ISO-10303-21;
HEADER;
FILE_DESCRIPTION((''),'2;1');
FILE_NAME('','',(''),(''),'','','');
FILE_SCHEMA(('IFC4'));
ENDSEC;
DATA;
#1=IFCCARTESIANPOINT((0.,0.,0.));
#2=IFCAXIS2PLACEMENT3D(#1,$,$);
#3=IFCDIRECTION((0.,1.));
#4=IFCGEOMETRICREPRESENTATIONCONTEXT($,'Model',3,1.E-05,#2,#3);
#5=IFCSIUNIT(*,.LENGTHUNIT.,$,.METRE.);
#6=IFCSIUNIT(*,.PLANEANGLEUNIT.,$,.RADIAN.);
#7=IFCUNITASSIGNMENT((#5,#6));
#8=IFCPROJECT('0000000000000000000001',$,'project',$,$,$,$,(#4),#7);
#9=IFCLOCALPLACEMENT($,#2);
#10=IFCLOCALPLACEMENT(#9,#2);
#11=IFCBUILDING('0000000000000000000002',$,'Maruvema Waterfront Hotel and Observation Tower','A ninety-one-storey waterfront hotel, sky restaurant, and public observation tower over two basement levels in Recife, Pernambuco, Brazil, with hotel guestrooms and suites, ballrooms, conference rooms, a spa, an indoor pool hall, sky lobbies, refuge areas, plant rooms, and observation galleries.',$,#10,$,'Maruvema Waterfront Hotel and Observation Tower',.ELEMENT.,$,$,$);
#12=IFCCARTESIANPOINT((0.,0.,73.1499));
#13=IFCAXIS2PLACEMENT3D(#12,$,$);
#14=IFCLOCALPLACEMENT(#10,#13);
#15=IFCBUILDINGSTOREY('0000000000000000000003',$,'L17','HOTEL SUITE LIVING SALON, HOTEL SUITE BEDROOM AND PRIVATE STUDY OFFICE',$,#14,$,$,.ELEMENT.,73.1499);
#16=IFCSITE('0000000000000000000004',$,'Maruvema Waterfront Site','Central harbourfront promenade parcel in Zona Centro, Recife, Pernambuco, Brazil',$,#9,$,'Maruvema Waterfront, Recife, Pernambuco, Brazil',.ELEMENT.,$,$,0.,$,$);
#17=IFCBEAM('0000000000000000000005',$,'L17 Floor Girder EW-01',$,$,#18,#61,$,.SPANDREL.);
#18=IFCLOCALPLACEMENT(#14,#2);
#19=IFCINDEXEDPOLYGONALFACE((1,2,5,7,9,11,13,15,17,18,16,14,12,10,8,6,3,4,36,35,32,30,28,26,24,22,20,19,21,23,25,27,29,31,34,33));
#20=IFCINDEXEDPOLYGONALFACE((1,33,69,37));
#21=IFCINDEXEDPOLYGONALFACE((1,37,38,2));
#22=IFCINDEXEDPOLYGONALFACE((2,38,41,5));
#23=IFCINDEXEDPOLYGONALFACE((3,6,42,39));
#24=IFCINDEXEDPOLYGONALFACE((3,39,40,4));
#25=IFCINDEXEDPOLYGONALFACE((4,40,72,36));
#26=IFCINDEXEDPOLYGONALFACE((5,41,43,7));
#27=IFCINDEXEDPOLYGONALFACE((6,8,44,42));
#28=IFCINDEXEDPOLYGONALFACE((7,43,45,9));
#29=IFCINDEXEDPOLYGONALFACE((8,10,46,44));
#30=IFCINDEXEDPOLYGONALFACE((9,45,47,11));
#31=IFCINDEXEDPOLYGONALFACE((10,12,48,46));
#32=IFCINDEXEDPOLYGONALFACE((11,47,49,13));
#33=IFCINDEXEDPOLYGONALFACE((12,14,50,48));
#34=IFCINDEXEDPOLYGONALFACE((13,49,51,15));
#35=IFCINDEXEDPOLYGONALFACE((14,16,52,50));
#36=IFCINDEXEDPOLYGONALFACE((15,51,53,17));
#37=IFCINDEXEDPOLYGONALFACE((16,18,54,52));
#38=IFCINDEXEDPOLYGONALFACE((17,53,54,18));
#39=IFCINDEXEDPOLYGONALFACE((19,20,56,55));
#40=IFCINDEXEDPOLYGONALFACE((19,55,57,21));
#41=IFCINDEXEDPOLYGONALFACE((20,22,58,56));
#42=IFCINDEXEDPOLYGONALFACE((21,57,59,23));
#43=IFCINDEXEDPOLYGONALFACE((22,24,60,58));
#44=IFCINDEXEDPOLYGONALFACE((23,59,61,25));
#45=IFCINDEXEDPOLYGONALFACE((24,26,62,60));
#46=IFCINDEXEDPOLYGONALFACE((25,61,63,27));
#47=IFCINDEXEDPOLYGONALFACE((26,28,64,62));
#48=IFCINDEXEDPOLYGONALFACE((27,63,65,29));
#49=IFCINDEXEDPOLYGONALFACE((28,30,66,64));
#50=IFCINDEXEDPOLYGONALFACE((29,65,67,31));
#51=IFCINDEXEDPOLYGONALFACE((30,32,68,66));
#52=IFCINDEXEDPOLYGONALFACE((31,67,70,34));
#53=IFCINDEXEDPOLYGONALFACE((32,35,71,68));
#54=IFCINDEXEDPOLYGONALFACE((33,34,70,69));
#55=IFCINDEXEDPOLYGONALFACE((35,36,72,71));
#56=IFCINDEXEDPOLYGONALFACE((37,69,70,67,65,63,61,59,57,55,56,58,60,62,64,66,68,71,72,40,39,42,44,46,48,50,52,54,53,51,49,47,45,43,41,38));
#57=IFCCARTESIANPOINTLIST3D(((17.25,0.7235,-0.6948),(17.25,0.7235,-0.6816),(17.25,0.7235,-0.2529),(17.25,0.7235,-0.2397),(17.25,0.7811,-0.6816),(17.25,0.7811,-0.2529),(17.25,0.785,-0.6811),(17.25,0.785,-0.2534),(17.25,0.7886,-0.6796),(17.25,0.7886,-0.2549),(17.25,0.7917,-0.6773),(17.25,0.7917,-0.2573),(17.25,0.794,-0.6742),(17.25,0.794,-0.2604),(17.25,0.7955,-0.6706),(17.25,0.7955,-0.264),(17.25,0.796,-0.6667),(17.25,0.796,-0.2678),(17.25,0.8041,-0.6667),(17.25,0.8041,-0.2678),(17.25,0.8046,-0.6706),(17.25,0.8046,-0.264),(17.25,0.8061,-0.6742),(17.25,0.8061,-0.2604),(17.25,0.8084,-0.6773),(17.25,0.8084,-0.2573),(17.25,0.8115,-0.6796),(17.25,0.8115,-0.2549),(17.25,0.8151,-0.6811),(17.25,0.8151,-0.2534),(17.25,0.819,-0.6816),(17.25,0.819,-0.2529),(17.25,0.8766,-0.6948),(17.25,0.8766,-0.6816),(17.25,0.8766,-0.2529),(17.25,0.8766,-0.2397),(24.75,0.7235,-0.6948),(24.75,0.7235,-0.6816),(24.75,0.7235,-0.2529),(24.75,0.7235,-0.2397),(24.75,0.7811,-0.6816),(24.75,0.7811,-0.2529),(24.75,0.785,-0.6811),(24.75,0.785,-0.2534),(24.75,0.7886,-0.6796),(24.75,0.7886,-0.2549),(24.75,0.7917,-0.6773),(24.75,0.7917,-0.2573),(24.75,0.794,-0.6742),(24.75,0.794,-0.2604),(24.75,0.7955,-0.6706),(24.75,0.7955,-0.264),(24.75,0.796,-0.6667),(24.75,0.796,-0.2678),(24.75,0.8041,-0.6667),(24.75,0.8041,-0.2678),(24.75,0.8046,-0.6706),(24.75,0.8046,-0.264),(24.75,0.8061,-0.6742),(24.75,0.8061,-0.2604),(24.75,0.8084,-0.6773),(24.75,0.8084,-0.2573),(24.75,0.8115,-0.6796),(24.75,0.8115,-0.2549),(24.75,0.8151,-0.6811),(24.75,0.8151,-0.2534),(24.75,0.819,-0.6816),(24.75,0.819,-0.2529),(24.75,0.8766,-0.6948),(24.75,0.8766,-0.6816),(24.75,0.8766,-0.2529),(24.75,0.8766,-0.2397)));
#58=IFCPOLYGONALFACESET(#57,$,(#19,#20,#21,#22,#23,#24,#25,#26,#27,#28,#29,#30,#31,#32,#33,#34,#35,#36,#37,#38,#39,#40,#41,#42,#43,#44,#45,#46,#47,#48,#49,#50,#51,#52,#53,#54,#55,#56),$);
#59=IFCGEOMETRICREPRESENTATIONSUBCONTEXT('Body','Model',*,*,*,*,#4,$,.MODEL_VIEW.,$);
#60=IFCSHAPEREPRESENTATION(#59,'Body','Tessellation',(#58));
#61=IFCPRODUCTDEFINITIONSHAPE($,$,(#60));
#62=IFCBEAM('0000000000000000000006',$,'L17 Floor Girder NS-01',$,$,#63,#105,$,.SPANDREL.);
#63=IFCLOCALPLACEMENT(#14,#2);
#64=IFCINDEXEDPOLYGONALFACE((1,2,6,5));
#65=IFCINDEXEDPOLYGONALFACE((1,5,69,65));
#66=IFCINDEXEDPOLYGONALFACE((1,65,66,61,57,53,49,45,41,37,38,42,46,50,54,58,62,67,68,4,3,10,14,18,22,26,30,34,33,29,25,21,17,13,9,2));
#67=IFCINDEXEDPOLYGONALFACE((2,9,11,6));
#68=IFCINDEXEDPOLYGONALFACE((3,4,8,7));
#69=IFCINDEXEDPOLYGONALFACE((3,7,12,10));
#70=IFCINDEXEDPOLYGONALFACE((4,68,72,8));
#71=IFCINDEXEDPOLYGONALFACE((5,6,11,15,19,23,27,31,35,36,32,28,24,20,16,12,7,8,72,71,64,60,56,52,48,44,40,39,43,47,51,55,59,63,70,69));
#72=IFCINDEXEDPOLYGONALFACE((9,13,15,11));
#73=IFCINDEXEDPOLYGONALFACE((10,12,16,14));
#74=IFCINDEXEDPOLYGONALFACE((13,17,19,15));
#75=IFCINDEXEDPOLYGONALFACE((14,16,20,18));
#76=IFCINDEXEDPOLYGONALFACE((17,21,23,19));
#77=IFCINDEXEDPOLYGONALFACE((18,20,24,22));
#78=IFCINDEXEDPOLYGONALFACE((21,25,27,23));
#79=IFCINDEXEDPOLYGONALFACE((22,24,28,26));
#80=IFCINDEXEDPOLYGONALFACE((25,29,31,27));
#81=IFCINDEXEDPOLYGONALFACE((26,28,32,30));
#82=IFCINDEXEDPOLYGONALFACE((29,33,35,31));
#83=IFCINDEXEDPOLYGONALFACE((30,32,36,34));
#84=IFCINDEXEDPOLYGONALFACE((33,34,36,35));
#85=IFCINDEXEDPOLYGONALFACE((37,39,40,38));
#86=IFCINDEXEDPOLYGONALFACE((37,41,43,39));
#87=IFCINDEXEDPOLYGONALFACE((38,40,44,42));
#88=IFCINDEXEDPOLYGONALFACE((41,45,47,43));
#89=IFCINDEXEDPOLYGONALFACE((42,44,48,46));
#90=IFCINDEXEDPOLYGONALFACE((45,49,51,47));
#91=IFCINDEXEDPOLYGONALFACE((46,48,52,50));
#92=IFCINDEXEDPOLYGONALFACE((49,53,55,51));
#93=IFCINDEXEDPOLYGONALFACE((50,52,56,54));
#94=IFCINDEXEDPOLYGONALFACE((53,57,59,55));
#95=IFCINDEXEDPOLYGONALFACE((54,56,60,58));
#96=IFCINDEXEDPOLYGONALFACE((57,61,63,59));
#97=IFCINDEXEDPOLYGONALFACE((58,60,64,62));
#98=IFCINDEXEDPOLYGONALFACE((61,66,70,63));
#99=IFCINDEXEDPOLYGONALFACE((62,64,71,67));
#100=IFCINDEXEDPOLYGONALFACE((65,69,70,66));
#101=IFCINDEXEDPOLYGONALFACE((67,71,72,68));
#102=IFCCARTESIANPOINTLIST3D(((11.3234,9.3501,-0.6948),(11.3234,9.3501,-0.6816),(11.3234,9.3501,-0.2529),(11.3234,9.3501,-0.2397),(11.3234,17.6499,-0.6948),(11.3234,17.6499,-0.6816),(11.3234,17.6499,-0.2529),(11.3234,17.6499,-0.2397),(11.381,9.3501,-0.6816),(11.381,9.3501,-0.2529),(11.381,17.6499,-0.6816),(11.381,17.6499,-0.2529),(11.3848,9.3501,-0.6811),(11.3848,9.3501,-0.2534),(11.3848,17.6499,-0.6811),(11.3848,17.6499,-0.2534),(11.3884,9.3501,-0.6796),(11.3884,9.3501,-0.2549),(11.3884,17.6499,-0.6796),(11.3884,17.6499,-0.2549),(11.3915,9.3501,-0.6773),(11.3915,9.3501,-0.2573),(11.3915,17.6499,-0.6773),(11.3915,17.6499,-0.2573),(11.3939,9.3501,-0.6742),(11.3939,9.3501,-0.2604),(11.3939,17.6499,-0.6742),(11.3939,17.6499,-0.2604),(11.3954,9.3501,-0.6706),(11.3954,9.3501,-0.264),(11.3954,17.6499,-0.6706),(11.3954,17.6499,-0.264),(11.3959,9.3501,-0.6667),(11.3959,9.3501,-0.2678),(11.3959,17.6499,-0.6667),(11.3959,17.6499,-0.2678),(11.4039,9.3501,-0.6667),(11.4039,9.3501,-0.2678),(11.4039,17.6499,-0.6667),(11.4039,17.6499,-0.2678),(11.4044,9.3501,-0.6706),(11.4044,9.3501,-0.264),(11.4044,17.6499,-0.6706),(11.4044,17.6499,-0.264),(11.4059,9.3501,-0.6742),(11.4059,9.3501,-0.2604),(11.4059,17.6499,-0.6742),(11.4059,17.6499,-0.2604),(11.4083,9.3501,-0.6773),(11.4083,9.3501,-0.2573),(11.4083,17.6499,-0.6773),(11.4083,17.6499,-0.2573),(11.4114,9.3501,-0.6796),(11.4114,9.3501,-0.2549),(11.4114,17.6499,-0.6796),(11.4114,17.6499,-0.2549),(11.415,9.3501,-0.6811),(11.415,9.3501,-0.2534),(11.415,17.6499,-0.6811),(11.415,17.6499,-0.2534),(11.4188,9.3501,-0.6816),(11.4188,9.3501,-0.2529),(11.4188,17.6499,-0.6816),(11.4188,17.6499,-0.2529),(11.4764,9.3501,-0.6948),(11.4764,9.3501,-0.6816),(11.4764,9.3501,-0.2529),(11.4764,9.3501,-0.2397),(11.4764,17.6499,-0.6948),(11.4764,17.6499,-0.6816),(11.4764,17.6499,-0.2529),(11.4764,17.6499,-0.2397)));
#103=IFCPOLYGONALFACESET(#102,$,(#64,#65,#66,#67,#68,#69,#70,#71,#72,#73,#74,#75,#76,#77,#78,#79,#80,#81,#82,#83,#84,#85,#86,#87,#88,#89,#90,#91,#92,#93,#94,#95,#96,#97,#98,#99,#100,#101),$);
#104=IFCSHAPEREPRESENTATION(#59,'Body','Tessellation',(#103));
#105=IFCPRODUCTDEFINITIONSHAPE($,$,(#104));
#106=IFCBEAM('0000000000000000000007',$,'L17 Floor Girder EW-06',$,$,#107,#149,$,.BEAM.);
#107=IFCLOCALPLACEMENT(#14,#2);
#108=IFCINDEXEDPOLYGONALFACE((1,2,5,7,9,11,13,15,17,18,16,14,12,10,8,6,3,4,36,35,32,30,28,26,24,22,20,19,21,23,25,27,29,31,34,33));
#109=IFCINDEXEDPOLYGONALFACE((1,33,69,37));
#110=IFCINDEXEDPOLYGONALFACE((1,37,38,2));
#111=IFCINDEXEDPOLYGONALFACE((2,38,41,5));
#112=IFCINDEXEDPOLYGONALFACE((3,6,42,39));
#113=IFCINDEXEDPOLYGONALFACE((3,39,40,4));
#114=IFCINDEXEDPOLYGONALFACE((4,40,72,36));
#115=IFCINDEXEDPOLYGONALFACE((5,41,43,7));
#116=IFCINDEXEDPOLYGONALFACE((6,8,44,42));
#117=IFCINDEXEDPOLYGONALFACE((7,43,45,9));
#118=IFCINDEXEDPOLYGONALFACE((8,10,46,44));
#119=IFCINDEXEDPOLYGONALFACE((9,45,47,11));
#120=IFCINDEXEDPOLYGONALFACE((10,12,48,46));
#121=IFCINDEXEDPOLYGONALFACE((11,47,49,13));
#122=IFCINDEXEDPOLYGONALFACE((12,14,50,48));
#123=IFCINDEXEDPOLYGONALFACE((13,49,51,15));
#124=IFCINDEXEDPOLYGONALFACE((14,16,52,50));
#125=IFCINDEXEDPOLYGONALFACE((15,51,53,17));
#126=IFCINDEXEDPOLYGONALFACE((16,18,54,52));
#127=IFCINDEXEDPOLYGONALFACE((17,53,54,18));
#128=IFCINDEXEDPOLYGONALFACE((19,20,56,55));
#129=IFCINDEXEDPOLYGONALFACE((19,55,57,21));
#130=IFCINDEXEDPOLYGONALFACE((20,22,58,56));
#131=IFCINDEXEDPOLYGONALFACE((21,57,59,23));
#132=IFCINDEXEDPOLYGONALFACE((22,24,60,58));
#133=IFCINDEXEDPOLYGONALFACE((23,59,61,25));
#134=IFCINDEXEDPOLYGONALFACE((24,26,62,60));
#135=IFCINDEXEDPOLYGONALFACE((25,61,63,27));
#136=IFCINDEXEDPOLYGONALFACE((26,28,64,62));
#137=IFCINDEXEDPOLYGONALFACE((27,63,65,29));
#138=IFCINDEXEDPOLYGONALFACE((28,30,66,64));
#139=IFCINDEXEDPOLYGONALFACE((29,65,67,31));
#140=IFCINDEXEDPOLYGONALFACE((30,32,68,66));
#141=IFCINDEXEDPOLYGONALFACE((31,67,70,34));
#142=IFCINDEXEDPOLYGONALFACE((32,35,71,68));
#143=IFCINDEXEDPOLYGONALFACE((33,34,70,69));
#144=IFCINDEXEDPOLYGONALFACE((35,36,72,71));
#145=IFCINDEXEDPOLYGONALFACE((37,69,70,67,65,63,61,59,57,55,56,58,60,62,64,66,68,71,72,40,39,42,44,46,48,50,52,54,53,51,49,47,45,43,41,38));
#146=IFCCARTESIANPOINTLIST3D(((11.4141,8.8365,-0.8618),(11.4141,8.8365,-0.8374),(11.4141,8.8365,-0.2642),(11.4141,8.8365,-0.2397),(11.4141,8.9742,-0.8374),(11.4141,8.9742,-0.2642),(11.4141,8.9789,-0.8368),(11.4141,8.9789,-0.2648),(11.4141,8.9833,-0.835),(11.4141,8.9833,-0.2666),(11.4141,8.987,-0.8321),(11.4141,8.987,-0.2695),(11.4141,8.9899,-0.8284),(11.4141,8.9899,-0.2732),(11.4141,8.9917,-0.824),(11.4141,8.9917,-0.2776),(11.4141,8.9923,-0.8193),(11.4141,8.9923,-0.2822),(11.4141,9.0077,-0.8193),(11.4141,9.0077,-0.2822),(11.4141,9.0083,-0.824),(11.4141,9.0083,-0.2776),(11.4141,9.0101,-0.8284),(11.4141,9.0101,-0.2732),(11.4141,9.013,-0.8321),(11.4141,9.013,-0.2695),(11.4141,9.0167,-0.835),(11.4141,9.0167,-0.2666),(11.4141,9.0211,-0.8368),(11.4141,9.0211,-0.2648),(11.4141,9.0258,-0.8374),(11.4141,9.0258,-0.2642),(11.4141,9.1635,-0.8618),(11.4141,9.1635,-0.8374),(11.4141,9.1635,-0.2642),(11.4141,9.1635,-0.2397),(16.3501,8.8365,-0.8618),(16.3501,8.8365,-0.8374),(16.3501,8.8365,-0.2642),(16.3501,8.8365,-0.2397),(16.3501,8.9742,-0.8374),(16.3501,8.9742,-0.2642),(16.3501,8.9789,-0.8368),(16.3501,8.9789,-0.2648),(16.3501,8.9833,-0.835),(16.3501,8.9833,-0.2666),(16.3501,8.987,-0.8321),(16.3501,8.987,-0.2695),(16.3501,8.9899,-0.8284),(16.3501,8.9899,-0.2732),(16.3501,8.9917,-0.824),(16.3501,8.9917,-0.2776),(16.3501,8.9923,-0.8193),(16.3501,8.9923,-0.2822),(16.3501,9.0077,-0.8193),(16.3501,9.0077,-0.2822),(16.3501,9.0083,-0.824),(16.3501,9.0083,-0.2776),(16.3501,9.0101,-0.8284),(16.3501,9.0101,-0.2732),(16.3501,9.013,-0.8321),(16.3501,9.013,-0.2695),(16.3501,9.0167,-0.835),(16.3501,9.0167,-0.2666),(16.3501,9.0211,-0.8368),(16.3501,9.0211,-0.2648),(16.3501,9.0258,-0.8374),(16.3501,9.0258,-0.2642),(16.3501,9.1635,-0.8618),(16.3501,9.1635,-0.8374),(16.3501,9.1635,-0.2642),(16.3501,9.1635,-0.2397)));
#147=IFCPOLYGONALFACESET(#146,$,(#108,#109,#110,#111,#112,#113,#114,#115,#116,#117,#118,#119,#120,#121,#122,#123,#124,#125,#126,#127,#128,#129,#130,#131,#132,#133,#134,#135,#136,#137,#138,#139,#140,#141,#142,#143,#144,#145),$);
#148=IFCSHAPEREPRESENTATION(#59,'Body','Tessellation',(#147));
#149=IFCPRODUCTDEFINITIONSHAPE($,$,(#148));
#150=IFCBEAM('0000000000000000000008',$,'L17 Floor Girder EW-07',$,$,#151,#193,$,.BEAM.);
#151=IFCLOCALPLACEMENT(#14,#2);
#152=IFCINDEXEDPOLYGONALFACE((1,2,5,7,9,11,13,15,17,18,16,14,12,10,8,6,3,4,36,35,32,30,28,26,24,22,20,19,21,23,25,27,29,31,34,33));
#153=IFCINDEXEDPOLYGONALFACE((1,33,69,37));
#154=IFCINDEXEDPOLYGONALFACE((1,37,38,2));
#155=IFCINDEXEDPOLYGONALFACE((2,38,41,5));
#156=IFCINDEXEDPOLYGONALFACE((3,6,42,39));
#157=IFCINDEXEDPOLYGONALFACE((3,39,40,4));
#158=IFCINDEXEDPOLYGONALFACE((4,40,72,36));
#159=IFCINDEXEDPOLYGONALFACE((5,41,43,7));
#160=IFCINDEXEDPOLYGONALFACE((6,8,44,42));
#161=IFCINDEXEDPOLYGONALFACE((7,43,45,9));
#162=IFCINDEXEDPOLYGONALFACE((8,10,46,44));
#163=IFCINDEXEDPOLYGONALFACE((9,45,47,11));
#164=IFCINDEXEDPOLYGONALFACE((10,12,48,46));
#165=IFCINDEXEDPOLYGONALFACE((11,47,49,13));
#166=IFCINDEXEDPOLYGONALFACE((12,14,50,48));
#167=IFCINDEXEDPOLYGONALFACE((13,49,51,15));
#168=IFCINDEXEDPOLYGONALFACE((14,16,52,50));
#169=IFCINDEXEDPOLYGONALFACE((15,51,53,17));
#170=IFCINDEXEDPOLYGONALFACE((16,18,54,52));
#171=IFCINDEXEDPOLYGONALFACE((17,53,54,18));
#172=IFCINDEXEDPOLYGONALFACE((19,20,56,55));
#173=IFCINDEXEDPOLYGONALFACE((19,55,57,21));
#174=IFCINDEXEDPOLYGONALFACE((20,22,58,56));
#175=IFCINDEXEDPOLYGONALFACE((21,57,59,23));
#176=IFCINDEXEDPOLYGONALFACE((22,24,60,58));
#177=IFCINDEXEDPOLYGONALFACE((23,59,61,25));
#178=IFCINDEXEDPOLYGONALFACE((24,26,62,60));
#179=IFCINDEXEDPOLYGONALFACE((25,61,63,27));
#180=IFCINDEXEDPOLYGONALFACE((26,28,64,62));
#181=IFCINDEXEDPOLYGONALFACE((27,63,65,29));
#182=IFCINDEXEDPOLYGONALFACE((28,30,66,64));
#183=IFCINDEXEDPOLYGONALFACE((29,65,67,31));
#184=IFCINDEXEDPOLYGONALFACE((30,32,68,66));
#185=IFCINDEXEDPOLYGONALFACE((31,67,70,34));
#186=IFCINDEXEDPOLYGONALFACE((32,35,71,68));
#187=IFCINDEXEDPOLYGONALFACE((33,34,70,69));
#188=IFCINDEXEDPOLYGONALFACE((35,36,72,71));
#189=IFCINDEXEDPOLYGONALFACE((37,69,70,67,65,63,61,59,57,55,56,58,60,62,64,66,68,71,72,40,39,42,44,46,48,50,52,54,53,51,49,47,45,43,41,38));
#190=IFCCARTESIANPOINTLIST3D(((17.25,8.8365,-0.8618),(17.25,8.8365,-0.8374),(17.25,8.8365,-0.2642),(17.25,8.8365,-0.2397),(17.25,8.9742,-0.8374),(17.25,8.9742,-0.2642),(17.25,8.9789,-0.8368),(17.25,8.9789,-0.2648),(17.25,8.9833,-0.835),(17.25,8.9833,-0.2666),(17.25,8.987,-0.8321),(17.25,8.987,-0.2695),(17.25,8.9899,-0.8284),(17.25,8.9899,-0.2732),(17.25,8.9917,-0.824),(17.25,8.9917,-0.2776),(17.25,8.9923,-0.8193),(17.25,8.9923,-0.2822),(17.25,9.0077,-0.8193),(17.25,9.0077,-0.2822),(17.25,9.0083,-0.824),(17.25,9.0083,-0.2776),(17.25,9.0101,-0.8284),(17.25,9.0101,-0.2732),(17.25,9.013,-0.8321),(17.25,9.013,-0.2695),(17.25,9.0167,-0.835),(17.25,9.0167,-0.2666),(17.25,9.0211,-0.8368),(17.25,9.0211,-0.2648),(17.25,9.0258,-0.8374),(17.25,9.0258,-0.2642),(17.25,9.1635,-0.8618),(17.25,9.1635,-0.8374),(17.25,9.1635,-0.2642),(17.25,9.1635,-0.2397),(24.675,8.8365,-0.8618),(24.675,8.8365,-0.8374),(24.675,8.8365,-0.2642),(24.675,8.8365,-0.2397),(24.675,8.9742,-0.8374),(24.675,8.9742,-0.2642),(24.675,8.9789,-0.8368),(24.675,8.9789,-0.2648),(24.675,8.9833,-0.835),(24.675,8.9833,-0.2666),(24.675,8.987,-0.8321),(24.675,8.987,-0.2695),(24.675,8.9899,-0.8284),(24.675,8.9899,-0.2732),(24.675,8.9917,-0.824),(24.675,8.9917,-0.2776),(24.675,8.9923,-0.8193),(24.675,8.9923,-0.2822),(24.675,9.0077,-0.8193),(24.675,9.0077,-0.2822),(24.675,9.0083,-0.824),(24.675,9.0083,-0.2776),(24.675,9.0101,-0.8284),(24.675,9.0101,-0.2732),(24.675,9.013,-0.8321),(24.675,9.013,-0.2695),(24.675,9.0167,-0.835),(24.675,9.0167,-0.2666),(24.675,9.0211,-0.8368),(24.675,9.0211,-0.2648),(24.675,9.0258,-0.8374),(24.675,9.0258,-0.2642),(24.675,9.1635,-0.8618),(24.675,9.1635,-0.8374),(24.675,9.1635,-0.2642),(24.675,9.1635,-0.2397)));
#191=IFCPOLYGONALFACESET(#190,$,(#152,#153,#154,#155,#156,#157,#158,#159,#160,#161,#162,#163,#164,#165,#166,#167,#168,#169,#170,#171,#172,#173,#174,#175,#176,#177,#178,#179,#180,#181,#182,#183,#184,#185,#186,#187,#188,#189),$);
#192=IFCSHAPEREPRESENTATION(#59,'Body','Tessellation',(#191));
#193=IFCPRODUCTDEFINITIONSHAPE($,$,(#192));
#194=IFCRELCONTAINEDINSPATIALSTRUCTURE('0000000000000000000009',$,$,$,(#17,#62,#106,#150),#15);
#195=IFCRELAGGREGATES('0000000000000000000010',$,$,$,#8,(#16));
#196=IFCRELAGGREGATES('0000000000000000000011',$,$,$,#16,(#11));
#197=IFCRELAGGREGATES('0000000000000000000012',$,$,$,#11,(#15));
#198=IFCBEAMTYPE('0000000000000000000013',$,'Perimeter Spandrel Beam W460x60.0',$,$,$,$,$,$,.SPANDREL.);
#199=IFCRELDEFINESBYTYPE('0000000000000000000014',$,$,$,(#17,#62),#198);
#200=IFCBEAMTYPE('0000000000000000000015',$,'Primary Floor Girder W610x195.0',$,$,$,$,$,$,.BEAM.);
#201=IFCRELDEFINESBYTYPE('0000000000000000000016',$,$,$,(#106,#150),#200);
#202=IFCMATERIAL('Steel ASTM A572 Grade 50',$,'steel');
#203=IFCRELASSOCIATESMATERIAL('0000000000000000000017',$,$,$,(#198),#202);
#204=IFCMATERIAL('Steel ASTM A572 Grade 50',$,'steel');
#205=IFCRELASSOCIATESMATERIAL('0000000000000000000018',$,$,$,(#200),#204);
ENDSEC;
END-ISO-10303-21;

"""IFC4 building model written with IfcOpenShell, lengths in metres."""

from ifc_helpers import new_model, si_unit, direction, frame, origin, origin_2d, place, context, subcontext, project, spatial, i_section, extrude, material, material_profile, profile_set, type_object, element, save


model = new_model("IFC4")

# Units and contexts
model_context = context("Model", 3, precision=1e-05, world=origin(), true_north=direction((0.0, 1.0)))
body_context = subcontext(model_context, "Body", "Model", "MODEL_VIEW")
ifc_project = project(units=[si_unit("LENGTHUNIT", "METRE"), si_unit("PLANEANGLEUNIT", "RADIAN")], contexts=[model_context])

# Site, building, storey
site_placement = place(None, origin())
site = spatial("IfcSite", under=ifc_project, at=site_placement, Name="Maruvema Waterfront Site", Description="Central harbourfront promenade parcel in Zona Centro, Recife, Pernambuco, Brazil", LongName="Maruvema Waterfront, Recife, Pernambuco, Brazil", CompositionType="ELEMENT", RefElevation=0.0)
building_placement = place(site_placement, origin())
building = spatial("IfcBuilding", under=site, at=building_placement, Name="Maruvema Waterfront Hotel and Observation Tower", Description="A ninety-one-storey waterfront hotel, sky restaurant, and public observation tower over two basement levels in Recife, Pernambuco, Brazil, with hotel guestrooms and suites, ballrooms, conference rooms, a spa, an indoor pool hall, sky lobbies, refuge areas, plant rooms, and observation galleries.", LongName="Maruvema Waterfront Hotel and Observation Tower", CompositionType="ELEMENT")
storey_placement = place(building_placement, frame((0.0, 0.0, 73.1499)))
storey = spatial("IfcBuildingStorey", under=building, at=storey_placement, Name="L17", Description="HOTEL SUITE LIVING SALON, HOTEL SUITE BEDROOM AND PRIVATE STUDY OFFICE", CompositionType="ELEMENT", Elevation=73.1499)

# Beams
ifc_material_1 = material(Name="Steel ASTM A572 Grade 50", Category="steel")
ifc_material_profile_1 = material_profile(ifc_material_1, i_section(OverallWidth=0.1531, OverallDepth=0.4551, WebThickness=0.0081, FlangeThickness=0.0132, FilletRadius=0.0149, at=origin_2d()), Name="W460x60.0")
ifc_profile_set_1 = profile_set([ifc_material_profile_1], Name="Steel ASTM A572 Grade 50")
beam_type_1 = type_object("IfcBeamType", Name="Perimeter Spandrel Beam W460x60.0", PredefinedType="SPANDREL", material=ifc_profile_set_1)
beam_1_placement = place(storey_placement, frame((17.25, 0.8, -0.4673), z_axis=(1.0, 0.0, 0.0), x_axis=(0.0, 1.0, 0.0)))
element("IfcBeam", 1, at=beam_1_placement, inside=storey, type_object=beam_type_1, Name="L17 Floor Girder EW-01", PredefinedType="SPANDREL", context=body_context, shape_type="SweptSolid", body=[
    extrude(i_section(OverallWidth=0.1531, OverallDepth=0.4551, WebThickness=0.0081, FlangeThickness=0.0132, FilletRadius=0.0149, at=origin_2d()), origin(), (0.0, 0.0, 1.0), 7.5),
])
beam_2_placement = place(storey_placement, frame((11.3999, 9.3501, -0.4673), z_axis=(0.0, 1.0, 0.0), x_axis=(-1.0, 0.0, 0.0)))
element("IfcBeam", 2, at=beam_2_placement, inside=storey, type_object=beam_type_1, Name="L17 Floor Girder NS-01", PredefinedType="SPANDREL", context=body_context, shape_type="SweptSolid", body=[
    extrude(i_section(OverallWidth=0.1531, OverallDepth=0.4551, WebThickness=0.0081, FlangeThickness=0.0132, FilletRadius=0.0149, at=origin_2d()), origin(), (0.0, 0.0, 1.0), 8.2998),
])
ifc_material_2 = material(Name="Steel ASTM A572 Grade 50", Category="steel")
ifc_material_profile_2 = material_profile(ifc_material_2, i_section(OverallWidth=0.3269, OverallDepth=0.6221, WebThickness=0.0154, FlangeThickness=0.0244, FilletRadius=0.0181, at=origin_2d()), Name="W610x195.0")
ifc_profile_set_2 = profile_set([ifc_material_profile_2], Name="Steel ASTM A572 Grade 50")
beam_type_2 = type_object("IfcBeamType", Name="Primary Floor Girder W610x195.0", PredefinedType="BEAM", material=ifc_profile_set_2)
beam_3_placement = place(storey_placement, frame((11.4141, 9.0, -0.5508), z_axis=(1.0, 0.0, 0.0), x_axis=(0.0, 1.0, 0.0)))
element("IfcBeam", 3, at=beam_3_placement, inside=storey, type_object=beam_type_2, Name="L17 Floor Girder EW-06", PredefinedType="BEAM", context=body_context, shape_type="SweptSolid", body=[
    extrude(i_section(OverallWidth=0.3269, OverallDepth=0.6221, WebThickness=0.0154, FlangeThickness=0.0244, FilletRadius=0.0181, at=origin_2d()), origin(), (0.0, 0.0, 1.0), 4.936),
])
beam_4_placement = place(storey_placement, frame((17.25, 9.0, -0.5508), z_axis=(1.0, 0.0, 0.0), x_axis=(0.0, 1.0, 0.0)))
element("IfcBeam", 4, at=beam_4_placement, inside=storey, type_object=beam_type_2, Name="L17 Floor Girder EW-07", PredefinedType="BEAM", context=body_context, shape_type="SweptSolid", body=[
    extrude(i_section(OverallWidth=0.3269, OverallDepth=0.6221, WebThickness=0.0154, FlangeThickness=0.0244, FilletRadius=0.0181, at=origin_2d()), origin(), (0.0, 0.0, 1.0), 7.425),
])

save(model, "model.ifc")
